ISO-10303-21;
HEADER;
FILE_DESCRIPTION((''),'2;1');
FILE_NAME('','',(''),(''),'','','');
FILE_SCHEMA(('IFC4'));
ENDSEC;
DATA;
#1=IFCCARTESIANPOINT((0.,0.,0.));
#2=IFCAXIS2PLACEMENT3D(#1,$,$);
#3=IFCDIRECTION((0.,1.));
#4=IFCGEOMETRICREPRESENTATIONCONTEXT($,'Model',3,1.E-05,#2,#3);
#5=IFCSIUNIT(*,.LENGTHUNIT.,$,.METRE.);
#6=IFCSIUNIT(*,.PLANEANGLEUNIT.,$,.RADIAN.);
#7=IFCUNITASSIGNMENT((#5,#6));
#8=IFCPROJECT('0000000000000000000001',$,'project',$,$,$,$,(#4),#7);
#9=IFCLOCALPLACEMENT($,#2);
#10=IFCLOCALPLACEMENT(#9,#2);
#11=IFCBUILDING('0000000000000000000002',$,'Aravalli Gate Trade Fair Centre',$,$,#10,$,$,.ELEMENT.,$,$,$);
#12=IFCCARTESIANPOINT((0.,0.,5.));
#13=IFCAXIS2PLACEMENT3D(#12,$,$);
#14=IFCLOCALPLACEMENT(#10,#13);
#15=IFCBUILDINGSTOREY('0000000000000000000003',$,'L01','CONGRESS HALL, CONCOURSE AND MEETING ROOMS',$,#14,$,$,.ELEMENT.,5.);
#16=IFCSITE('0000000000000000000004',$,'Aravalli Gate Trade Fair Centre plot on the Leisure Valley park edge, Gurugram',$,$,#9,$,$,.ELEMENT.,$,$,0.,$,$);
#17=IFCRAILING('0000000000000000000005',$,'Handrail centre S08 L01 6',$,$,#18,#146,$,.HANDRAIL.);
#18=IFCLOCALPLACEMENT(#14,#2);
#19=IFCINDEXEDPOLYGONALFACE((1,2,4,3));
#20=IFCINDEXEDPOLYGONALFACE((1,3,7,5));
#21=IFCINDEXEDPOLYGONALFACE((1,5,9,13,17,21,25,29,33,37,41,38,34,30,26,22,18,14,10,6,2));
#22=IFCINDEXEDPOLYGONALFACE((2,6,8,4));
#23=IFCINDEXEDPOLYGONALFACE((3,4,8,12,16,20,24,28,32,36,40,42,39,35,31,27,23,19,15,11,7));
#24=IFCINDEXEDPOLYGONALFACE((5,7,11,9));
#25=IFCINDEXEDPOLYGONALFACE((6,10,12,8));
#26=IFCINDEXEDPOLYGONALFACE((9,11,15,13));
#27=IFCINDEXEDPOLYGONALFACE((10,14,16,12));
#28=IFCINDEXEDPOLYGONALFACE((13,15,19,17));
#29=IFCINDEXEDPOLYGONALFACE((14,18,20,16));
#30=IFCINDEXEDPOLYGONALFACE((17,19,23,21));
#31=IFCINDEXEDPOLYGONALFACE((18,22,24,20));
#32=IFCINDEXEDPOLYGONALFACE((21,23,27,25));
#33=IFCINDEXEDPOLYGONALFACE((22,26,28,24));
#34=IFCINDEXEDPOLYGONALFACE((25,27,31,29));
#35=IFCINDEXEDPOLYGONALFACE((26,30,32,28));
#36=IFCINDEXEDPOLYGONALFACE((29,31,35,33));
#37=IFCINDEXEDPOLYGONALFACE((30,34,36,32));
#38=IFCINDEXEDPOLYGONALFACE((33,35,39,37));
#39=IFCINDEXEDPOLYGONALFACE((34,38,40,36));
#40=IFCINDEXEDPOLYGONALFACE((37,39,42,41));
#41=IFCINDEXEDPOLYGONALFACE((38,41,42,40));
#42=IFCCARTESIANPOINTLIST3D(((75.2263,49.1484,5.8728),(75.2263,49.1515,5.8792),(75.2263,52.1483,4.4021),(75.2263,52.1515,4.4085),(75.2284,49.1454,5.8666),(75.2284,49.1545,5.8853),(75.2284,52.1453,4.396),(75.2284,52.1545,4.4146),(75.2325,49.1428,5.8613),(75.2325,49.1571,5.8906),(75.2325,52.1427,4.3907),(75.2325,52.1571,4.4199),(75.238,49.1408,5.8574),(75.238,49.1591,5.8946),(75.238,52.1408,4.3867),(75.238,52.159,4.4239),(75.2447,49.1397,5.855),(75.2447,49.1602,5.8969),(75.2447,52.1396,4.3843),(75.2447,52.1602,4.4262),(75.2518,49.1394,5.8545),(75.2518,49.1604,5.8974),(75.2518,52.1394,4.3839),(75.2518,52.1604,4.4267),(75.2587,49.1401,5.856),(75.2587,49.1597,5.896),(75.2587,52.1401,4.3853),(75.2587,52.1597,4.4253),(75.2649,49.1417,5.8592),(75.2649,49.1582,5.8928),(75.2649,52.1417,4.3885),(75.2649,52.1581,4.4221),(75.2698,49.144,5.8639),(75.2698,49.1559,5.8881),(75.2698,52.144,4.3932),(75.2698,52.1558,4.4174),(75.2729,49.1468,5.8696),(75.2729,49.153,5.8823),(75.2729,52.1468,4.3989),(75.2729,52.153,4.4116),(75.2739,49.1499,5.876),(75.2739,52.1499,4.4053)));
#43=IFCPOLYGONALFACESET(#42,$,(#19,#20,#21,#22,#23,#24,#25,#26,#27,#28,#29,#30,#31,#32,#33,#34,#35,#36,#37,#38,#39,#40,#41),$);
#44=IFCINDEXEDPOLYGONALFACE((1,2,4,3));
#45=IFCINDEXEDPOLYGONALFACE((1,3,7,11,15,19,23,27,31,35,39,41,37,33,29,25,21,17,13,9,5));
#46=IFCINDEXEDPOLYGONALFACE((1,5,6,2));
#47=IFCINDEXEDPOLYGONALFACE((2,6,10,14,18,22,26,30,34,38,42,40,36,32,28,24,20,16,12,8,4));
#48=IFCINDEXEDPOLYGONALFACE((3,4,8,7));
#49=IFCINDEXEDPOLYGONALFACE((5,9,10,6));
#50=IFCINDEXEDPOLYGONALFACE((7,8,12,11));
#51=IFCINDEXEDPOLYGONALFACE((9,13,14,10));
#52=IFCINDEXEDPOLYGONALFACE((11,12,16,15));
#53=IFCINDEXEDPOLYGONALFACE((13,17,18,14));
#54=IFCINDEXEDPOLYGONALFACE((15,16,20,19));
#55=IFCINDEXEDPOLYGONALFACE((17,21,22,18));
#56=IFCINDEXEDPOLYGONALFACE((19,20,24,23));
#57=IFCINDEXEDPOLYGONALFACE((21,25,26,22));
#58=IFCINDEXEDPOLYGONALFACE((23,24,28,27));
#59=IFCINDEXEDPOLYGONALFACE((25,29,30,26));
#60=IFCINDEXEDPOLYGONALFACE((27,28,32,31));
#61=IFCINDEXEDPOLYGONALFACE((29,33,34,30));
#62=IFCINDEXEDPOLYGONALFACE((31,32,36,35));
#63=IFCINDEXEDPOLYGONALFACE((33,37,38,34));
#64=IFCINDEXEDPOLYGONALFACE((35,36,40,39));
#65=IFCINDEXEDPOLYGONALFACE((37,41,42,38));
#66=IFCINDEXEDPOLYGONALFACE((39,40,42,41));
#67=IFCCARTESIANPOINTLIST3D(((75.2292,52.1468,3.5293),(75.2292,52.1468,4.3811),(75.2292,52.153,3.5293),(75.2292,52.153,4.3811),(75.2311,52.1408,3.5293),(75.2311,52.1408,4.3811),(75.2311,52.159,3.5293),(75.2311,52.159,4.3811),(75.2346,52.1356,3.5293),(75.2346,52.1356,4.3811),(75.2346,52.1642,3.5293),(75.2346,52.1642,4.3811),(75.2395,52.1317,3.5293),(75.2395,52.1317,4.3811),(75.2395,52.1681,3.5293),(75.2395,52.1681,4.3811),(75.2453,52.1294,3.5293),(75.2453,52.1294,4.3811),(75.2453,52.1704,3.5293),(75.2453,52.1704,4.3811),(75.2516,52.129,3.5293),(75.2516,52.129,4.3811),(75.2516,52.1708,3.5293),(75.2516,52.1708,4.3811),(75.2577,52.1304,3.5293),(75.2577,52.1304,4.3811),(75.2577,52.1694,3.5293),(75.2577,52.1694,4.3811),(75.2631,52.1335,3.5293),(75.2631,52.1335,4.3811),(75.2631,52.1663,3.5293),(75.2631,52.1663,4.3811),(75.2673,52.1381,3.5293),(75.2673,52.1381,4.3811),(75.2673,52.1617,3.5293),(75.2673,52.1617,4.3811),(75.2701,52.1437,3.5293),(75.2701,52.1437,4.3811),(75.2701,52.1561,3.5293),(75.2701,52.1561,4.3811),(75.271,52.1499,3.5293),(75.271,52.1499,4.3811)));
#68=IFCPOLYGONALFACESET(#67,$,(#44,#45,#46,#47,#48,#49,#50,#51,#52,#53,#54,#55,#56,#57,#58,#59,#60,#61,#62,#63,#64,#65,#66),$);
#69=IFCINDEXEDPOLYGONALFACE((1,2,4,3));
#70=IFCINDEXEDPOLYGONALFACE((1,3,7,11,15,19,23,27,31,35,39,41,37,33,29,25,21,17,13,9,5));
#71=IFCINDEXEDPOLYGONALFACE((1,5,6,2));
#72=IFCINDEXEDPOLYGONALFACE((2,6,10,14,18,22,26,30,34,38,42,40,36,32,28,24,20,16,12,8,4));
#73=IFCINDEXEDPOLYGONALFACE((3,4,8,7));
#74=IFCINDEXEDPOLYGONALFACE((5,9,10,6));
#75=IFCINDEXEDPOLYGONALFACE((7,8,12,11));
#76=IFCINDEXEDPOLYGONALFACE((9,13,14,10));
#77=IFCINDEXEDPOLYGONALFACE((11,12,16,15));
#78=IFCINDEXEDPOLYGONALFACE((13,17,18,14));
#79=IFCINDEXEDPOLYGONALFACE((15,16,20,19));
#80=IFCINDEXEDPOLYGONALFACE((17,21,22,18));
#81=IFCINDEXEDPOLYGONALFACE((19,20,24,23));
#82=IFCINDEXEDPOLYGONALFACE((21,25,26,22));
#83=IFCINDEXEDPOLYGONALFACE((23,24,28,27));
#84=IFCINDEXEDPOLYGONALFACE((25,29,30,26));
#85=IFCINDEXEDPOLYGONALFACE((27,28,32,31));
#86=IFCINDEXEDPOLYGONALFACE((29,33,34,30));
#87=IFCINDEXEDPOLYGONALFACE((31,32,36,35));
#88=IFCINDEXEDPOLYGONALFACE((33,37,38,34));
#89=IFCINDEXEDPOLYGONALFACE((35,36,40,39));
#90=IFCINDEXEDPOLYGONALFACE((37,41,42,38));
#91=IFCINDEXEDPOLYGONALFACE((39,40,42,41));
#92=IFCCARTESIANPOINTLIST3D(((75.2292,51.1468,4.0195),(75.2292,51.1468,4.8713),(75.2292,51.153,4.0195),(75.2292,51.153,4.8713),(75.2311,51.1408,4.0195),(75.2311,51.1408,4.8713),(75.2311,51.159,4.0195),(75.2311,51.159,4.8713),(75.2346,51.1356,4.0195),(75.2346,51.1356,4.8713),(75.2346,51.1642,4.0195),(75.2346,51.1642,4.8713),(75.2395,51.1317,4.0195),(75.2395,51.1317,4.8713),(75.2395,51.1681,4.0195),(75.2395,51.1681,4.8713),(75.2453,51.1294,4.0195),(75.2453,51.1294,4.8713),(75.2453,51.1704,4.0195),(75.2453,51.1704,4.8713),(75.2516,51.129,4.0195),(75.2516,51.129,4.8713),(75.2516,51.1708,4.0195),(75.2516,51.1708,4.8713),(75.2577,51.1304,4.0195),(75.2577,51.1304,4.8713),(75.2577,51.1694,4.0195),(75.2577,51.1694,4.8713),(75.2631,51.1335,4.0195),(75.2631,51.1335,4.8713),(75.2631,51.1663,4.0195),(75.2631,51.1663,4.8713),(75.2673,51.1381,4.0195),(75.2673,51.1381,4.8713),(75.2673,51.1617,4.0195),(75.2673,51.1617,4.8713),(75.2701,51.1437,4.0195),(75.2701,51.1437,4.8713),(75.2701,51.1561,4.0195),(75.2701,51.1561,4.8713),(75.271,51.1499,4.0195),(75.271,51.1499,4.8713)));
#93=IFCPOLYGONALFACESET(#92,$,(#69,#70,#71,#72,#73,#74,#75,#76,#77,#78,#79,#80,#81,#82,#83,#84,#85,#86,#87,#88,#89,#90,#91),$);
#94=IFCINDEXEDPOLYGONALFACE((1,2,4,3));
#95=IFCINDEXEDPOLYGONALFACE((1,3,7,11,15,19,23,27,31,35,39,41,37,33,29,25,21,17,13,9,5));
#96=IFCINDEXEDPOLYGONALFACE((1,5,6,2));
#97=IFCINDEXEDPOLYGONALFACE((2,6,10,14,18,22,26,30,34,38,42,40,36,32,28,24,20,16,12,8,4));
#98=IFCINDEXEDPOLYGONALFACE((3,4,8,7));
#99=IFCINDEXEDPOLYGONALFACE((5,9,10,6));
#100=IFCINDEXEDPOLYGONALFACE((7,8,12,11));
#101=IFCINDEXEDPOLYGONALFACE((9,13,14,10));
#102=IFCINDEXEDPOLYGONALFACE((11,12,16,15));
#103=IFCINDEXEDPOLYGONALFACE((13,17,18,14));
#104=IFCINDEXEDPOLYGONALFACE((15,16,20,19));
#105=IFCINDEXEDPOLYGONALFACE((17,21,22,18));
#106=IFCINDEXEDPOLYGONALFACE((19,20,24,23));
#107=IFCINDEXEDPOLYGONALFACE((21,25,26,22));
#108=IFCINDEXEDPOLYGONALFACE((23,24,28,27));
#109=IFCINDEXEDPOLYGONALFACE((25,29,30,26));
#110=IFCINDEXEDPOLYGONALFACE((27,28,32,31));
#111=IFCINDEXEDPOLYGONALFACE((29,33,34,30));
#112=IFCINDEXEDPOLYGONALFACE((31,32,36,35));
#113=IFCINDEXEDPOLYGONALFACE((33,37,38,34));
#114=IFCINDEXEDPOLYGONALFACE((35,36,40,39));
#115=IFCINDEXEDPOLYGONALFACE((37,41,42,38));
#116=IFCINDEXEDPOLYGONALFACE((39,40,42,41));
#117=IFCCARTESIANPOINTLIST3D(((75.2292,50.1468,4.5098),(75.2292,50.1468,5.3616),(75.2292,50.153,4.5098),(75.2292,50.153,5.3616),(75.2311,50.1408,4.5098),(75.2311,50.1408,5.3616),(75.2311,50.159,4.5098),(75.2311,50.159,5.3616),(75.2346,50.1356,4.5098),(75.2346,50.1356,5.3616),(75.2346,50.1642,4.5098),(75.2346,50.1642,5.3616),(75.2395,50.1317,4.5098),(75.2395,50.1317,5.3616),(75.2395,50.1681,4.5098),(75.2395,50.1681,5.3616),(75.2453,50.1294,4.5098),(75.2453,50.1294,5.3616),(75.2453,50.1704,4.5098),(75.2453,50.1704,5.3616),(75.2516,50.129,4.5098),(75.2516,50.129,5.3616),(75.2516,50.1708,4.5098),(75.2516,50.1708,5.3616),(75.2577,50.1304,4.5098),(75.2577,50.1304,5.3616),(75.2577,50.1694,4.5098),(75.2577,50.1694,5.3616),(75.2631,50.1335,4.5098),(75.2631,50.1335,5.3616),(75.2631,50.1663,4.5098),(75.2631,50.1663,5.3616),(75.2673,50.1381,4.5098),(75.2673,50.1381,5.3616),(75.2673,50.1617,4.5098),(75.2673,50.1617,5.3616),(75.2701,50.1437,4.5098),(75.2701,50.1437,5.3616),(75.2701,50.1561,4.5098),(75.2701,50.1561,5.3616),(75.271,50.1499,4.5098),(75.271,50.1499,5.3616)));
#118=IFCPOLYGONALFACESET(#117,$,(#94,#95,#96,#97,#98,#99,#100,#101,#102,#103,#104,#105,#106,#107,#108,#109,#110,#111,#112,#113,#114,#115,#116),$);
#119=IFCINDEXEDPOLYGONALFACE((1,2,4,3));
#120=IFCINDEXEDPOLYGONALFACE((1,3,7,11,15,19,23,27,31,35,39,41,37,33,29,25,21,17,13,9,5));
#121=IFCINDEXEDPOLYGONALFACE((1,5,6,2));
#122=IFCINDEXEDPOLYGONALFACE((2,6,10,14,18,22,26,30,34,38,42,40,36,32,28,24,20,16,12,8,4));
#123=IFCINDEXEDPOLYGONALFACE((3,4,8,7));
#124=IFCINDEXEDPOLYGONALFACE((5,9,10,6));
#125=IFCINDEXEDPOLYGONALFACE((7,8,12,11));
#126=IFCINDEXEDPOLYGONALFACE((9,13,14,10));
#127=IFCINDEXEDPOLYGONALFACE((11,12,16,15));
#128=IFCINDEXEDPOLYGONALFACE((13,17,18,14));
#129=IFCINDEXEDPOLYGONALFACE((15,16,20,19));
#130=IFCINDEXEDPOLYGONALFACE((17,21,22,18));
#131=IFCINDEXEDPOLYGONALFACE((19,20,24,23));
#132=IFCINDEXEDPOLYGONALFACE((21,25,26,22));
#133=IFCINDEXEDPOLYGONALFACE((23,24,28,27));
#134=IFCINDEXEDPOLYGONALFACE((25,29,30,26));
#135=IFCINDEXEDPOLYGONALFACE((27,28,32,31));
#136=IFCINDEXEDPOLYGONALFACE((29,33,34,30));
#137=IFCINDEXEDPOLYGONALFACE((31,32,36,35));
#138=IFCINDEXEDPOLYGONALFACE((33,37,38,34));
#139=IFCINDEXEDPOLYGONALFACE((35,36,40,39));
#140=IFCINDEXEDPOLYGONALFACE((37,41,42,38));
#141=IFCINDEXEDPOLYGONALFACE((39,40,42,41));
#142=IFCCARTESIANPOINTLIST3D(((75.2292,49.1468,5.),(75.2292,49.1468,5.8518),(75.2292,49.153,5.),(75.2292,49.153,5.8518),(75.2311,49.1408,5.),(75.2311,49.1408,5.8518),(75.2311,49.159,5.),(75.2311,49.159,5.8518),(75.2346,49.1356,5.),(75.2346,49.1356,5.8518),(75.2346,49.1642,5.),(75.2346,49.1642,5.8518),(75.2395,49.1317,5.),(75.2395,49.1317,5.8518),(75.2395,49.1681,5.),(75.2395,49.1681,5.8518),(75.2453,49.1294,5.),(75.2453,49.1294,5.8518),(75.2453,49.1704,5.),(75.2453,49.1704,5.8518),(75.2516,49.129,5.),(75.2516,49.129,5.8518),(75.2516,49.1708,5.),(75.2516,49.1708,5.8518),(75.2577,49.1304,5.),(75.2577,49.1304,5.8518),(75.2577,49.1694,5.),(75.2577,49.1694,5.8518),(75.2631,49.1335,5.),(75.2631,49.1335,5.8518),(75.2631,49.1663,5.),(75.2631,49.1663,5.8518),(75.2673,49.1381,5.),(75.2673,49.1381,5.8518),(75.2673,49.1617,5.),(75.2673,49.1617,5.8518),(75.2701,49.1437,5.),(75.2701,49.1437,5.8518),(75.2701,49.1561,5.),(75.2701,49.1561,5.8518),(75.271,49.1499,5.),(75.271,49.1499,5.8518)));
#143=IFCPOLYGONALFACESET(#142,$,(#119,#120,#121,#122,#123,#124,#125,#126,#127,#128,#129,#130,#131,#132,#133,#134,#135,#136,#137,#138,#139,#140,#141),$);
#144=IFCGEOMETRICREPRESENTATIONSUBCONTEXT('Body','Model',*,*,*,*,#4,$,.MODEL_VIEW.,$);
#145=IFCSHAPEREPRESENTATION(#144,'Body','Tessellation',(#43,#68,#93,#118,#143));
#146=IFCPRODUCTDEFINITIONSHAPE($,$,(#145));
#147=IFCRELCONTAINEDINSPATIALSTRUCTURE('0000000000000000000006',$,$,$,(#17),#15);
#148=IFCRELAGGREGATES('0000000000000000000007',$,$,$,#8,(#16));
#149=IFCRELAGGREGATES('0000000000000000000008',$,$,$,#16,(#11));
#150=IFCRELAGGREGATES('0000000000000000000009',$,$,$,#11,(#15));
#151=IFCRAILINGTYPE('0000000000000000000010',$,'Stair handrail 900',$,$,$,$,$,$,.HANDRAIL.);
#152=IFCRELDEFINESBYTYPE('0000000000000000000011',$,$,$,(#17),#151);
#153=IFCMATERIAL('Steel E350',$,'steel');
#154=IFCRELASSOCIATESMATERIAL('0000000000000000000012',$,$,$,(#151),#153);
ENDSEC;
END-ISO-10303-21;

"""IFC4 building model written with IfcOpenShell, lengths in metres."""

from ifc_helpers import new_model, si_unit, direction, frame, origin, origin_2d, place, context, subcontext, project, spatial, circle, extrude, material, type_object, element, save


model = new_model("IFC4")

# Units and contexts
model_context = context("Model", 3, precision=1e-05, world=origin(), true_north=direction((0.0, 1.0)))
body_context = subcontext(model_context, "Body", "Model", "MODEL_VIEW")
ifc_project = project(units=[si_unit("LENGTHUNIT", "METRE"), si_unit("PLANEANGLEUNIT", "RADIAN")], contexts=[model_context])

# Site, building, storey
site_placement = place(None, origin())
site = spatial("IfcSite", under=ifc_project, at=site_placement, Name="Aravalli Gate Trade Fair Centre plot on the Leisure Valley park edge, Gurugram", CompositionType="ELEMENT", RefElevation=0.0)
building_placement = place(site_placement, origin())
building = spatial("IfcBuilding", under=site, at=building_placement, Name="Aravalli Gate Trade Fair Centre", CompositionType="ELEMENT")
storey_placement = place(building_placement, frame((0.0, 0.0, 5.0)))
storey = spatial("IfcBuildingStorey", under=building, at=storey_placement, Name="L01", Description="CONGRESS HALL, CONCOURSE AND MEETING ROOMS", CompositionType="ELEMENT", Elevation=5.0)

# Railing
ifc_material_1 = material(Name="Steel E350", Category="steel")
railing_type = type_object("IfcRailingType", Name="Stair handrail 900", PredefinedType="HANDRAIL", material=ifc_material_1)
for number, where, name in (
    (1, (75.25, 52.1499, 3.5293), "Handrail centre S08 L01 6"),
):
    element("IfcRailing", number, at=place(storey_placement, frame(where)), inside=storey, type_object=railing_type, Name=name, PredefinedType="HANDRAIL", context=body_context, shape_type="SweptSolid", body=[
        extrude(circle(Radius=0.0239, at=origin_2d()), frame((0.0, 0.0, 0.876), z_axis=(0.0, -0.897907, 0.440185), x_axis=(1.0, 0.0, 0.0)), (0.0, 0.0, 1.0), 3.3411),
        extrude(circle(Radius=0.021, at=origin_2d()), origin(), (0.0, 0.0, 1.0), 0.8518),
        extrude(circle(Radius=0.021, at=origin_2d()), frame((0.0, -1.0, 0.4902)), (0.0, 0.0, 1.0), 0.8518),
        extrude(circle(Radius=0.021, at=origin_2d()), frame((0.0, -2.0, 0.9805)), (0.0, 0.0, 1.0), 0.8518),
        extrude(circle(Radius=0.021, at=origin_2d()), frame((0.0, -3.0, 1.4707)), (0.0, 0.0, 1.0), 0.8518),
    ])

save(model, "model.ifc")
